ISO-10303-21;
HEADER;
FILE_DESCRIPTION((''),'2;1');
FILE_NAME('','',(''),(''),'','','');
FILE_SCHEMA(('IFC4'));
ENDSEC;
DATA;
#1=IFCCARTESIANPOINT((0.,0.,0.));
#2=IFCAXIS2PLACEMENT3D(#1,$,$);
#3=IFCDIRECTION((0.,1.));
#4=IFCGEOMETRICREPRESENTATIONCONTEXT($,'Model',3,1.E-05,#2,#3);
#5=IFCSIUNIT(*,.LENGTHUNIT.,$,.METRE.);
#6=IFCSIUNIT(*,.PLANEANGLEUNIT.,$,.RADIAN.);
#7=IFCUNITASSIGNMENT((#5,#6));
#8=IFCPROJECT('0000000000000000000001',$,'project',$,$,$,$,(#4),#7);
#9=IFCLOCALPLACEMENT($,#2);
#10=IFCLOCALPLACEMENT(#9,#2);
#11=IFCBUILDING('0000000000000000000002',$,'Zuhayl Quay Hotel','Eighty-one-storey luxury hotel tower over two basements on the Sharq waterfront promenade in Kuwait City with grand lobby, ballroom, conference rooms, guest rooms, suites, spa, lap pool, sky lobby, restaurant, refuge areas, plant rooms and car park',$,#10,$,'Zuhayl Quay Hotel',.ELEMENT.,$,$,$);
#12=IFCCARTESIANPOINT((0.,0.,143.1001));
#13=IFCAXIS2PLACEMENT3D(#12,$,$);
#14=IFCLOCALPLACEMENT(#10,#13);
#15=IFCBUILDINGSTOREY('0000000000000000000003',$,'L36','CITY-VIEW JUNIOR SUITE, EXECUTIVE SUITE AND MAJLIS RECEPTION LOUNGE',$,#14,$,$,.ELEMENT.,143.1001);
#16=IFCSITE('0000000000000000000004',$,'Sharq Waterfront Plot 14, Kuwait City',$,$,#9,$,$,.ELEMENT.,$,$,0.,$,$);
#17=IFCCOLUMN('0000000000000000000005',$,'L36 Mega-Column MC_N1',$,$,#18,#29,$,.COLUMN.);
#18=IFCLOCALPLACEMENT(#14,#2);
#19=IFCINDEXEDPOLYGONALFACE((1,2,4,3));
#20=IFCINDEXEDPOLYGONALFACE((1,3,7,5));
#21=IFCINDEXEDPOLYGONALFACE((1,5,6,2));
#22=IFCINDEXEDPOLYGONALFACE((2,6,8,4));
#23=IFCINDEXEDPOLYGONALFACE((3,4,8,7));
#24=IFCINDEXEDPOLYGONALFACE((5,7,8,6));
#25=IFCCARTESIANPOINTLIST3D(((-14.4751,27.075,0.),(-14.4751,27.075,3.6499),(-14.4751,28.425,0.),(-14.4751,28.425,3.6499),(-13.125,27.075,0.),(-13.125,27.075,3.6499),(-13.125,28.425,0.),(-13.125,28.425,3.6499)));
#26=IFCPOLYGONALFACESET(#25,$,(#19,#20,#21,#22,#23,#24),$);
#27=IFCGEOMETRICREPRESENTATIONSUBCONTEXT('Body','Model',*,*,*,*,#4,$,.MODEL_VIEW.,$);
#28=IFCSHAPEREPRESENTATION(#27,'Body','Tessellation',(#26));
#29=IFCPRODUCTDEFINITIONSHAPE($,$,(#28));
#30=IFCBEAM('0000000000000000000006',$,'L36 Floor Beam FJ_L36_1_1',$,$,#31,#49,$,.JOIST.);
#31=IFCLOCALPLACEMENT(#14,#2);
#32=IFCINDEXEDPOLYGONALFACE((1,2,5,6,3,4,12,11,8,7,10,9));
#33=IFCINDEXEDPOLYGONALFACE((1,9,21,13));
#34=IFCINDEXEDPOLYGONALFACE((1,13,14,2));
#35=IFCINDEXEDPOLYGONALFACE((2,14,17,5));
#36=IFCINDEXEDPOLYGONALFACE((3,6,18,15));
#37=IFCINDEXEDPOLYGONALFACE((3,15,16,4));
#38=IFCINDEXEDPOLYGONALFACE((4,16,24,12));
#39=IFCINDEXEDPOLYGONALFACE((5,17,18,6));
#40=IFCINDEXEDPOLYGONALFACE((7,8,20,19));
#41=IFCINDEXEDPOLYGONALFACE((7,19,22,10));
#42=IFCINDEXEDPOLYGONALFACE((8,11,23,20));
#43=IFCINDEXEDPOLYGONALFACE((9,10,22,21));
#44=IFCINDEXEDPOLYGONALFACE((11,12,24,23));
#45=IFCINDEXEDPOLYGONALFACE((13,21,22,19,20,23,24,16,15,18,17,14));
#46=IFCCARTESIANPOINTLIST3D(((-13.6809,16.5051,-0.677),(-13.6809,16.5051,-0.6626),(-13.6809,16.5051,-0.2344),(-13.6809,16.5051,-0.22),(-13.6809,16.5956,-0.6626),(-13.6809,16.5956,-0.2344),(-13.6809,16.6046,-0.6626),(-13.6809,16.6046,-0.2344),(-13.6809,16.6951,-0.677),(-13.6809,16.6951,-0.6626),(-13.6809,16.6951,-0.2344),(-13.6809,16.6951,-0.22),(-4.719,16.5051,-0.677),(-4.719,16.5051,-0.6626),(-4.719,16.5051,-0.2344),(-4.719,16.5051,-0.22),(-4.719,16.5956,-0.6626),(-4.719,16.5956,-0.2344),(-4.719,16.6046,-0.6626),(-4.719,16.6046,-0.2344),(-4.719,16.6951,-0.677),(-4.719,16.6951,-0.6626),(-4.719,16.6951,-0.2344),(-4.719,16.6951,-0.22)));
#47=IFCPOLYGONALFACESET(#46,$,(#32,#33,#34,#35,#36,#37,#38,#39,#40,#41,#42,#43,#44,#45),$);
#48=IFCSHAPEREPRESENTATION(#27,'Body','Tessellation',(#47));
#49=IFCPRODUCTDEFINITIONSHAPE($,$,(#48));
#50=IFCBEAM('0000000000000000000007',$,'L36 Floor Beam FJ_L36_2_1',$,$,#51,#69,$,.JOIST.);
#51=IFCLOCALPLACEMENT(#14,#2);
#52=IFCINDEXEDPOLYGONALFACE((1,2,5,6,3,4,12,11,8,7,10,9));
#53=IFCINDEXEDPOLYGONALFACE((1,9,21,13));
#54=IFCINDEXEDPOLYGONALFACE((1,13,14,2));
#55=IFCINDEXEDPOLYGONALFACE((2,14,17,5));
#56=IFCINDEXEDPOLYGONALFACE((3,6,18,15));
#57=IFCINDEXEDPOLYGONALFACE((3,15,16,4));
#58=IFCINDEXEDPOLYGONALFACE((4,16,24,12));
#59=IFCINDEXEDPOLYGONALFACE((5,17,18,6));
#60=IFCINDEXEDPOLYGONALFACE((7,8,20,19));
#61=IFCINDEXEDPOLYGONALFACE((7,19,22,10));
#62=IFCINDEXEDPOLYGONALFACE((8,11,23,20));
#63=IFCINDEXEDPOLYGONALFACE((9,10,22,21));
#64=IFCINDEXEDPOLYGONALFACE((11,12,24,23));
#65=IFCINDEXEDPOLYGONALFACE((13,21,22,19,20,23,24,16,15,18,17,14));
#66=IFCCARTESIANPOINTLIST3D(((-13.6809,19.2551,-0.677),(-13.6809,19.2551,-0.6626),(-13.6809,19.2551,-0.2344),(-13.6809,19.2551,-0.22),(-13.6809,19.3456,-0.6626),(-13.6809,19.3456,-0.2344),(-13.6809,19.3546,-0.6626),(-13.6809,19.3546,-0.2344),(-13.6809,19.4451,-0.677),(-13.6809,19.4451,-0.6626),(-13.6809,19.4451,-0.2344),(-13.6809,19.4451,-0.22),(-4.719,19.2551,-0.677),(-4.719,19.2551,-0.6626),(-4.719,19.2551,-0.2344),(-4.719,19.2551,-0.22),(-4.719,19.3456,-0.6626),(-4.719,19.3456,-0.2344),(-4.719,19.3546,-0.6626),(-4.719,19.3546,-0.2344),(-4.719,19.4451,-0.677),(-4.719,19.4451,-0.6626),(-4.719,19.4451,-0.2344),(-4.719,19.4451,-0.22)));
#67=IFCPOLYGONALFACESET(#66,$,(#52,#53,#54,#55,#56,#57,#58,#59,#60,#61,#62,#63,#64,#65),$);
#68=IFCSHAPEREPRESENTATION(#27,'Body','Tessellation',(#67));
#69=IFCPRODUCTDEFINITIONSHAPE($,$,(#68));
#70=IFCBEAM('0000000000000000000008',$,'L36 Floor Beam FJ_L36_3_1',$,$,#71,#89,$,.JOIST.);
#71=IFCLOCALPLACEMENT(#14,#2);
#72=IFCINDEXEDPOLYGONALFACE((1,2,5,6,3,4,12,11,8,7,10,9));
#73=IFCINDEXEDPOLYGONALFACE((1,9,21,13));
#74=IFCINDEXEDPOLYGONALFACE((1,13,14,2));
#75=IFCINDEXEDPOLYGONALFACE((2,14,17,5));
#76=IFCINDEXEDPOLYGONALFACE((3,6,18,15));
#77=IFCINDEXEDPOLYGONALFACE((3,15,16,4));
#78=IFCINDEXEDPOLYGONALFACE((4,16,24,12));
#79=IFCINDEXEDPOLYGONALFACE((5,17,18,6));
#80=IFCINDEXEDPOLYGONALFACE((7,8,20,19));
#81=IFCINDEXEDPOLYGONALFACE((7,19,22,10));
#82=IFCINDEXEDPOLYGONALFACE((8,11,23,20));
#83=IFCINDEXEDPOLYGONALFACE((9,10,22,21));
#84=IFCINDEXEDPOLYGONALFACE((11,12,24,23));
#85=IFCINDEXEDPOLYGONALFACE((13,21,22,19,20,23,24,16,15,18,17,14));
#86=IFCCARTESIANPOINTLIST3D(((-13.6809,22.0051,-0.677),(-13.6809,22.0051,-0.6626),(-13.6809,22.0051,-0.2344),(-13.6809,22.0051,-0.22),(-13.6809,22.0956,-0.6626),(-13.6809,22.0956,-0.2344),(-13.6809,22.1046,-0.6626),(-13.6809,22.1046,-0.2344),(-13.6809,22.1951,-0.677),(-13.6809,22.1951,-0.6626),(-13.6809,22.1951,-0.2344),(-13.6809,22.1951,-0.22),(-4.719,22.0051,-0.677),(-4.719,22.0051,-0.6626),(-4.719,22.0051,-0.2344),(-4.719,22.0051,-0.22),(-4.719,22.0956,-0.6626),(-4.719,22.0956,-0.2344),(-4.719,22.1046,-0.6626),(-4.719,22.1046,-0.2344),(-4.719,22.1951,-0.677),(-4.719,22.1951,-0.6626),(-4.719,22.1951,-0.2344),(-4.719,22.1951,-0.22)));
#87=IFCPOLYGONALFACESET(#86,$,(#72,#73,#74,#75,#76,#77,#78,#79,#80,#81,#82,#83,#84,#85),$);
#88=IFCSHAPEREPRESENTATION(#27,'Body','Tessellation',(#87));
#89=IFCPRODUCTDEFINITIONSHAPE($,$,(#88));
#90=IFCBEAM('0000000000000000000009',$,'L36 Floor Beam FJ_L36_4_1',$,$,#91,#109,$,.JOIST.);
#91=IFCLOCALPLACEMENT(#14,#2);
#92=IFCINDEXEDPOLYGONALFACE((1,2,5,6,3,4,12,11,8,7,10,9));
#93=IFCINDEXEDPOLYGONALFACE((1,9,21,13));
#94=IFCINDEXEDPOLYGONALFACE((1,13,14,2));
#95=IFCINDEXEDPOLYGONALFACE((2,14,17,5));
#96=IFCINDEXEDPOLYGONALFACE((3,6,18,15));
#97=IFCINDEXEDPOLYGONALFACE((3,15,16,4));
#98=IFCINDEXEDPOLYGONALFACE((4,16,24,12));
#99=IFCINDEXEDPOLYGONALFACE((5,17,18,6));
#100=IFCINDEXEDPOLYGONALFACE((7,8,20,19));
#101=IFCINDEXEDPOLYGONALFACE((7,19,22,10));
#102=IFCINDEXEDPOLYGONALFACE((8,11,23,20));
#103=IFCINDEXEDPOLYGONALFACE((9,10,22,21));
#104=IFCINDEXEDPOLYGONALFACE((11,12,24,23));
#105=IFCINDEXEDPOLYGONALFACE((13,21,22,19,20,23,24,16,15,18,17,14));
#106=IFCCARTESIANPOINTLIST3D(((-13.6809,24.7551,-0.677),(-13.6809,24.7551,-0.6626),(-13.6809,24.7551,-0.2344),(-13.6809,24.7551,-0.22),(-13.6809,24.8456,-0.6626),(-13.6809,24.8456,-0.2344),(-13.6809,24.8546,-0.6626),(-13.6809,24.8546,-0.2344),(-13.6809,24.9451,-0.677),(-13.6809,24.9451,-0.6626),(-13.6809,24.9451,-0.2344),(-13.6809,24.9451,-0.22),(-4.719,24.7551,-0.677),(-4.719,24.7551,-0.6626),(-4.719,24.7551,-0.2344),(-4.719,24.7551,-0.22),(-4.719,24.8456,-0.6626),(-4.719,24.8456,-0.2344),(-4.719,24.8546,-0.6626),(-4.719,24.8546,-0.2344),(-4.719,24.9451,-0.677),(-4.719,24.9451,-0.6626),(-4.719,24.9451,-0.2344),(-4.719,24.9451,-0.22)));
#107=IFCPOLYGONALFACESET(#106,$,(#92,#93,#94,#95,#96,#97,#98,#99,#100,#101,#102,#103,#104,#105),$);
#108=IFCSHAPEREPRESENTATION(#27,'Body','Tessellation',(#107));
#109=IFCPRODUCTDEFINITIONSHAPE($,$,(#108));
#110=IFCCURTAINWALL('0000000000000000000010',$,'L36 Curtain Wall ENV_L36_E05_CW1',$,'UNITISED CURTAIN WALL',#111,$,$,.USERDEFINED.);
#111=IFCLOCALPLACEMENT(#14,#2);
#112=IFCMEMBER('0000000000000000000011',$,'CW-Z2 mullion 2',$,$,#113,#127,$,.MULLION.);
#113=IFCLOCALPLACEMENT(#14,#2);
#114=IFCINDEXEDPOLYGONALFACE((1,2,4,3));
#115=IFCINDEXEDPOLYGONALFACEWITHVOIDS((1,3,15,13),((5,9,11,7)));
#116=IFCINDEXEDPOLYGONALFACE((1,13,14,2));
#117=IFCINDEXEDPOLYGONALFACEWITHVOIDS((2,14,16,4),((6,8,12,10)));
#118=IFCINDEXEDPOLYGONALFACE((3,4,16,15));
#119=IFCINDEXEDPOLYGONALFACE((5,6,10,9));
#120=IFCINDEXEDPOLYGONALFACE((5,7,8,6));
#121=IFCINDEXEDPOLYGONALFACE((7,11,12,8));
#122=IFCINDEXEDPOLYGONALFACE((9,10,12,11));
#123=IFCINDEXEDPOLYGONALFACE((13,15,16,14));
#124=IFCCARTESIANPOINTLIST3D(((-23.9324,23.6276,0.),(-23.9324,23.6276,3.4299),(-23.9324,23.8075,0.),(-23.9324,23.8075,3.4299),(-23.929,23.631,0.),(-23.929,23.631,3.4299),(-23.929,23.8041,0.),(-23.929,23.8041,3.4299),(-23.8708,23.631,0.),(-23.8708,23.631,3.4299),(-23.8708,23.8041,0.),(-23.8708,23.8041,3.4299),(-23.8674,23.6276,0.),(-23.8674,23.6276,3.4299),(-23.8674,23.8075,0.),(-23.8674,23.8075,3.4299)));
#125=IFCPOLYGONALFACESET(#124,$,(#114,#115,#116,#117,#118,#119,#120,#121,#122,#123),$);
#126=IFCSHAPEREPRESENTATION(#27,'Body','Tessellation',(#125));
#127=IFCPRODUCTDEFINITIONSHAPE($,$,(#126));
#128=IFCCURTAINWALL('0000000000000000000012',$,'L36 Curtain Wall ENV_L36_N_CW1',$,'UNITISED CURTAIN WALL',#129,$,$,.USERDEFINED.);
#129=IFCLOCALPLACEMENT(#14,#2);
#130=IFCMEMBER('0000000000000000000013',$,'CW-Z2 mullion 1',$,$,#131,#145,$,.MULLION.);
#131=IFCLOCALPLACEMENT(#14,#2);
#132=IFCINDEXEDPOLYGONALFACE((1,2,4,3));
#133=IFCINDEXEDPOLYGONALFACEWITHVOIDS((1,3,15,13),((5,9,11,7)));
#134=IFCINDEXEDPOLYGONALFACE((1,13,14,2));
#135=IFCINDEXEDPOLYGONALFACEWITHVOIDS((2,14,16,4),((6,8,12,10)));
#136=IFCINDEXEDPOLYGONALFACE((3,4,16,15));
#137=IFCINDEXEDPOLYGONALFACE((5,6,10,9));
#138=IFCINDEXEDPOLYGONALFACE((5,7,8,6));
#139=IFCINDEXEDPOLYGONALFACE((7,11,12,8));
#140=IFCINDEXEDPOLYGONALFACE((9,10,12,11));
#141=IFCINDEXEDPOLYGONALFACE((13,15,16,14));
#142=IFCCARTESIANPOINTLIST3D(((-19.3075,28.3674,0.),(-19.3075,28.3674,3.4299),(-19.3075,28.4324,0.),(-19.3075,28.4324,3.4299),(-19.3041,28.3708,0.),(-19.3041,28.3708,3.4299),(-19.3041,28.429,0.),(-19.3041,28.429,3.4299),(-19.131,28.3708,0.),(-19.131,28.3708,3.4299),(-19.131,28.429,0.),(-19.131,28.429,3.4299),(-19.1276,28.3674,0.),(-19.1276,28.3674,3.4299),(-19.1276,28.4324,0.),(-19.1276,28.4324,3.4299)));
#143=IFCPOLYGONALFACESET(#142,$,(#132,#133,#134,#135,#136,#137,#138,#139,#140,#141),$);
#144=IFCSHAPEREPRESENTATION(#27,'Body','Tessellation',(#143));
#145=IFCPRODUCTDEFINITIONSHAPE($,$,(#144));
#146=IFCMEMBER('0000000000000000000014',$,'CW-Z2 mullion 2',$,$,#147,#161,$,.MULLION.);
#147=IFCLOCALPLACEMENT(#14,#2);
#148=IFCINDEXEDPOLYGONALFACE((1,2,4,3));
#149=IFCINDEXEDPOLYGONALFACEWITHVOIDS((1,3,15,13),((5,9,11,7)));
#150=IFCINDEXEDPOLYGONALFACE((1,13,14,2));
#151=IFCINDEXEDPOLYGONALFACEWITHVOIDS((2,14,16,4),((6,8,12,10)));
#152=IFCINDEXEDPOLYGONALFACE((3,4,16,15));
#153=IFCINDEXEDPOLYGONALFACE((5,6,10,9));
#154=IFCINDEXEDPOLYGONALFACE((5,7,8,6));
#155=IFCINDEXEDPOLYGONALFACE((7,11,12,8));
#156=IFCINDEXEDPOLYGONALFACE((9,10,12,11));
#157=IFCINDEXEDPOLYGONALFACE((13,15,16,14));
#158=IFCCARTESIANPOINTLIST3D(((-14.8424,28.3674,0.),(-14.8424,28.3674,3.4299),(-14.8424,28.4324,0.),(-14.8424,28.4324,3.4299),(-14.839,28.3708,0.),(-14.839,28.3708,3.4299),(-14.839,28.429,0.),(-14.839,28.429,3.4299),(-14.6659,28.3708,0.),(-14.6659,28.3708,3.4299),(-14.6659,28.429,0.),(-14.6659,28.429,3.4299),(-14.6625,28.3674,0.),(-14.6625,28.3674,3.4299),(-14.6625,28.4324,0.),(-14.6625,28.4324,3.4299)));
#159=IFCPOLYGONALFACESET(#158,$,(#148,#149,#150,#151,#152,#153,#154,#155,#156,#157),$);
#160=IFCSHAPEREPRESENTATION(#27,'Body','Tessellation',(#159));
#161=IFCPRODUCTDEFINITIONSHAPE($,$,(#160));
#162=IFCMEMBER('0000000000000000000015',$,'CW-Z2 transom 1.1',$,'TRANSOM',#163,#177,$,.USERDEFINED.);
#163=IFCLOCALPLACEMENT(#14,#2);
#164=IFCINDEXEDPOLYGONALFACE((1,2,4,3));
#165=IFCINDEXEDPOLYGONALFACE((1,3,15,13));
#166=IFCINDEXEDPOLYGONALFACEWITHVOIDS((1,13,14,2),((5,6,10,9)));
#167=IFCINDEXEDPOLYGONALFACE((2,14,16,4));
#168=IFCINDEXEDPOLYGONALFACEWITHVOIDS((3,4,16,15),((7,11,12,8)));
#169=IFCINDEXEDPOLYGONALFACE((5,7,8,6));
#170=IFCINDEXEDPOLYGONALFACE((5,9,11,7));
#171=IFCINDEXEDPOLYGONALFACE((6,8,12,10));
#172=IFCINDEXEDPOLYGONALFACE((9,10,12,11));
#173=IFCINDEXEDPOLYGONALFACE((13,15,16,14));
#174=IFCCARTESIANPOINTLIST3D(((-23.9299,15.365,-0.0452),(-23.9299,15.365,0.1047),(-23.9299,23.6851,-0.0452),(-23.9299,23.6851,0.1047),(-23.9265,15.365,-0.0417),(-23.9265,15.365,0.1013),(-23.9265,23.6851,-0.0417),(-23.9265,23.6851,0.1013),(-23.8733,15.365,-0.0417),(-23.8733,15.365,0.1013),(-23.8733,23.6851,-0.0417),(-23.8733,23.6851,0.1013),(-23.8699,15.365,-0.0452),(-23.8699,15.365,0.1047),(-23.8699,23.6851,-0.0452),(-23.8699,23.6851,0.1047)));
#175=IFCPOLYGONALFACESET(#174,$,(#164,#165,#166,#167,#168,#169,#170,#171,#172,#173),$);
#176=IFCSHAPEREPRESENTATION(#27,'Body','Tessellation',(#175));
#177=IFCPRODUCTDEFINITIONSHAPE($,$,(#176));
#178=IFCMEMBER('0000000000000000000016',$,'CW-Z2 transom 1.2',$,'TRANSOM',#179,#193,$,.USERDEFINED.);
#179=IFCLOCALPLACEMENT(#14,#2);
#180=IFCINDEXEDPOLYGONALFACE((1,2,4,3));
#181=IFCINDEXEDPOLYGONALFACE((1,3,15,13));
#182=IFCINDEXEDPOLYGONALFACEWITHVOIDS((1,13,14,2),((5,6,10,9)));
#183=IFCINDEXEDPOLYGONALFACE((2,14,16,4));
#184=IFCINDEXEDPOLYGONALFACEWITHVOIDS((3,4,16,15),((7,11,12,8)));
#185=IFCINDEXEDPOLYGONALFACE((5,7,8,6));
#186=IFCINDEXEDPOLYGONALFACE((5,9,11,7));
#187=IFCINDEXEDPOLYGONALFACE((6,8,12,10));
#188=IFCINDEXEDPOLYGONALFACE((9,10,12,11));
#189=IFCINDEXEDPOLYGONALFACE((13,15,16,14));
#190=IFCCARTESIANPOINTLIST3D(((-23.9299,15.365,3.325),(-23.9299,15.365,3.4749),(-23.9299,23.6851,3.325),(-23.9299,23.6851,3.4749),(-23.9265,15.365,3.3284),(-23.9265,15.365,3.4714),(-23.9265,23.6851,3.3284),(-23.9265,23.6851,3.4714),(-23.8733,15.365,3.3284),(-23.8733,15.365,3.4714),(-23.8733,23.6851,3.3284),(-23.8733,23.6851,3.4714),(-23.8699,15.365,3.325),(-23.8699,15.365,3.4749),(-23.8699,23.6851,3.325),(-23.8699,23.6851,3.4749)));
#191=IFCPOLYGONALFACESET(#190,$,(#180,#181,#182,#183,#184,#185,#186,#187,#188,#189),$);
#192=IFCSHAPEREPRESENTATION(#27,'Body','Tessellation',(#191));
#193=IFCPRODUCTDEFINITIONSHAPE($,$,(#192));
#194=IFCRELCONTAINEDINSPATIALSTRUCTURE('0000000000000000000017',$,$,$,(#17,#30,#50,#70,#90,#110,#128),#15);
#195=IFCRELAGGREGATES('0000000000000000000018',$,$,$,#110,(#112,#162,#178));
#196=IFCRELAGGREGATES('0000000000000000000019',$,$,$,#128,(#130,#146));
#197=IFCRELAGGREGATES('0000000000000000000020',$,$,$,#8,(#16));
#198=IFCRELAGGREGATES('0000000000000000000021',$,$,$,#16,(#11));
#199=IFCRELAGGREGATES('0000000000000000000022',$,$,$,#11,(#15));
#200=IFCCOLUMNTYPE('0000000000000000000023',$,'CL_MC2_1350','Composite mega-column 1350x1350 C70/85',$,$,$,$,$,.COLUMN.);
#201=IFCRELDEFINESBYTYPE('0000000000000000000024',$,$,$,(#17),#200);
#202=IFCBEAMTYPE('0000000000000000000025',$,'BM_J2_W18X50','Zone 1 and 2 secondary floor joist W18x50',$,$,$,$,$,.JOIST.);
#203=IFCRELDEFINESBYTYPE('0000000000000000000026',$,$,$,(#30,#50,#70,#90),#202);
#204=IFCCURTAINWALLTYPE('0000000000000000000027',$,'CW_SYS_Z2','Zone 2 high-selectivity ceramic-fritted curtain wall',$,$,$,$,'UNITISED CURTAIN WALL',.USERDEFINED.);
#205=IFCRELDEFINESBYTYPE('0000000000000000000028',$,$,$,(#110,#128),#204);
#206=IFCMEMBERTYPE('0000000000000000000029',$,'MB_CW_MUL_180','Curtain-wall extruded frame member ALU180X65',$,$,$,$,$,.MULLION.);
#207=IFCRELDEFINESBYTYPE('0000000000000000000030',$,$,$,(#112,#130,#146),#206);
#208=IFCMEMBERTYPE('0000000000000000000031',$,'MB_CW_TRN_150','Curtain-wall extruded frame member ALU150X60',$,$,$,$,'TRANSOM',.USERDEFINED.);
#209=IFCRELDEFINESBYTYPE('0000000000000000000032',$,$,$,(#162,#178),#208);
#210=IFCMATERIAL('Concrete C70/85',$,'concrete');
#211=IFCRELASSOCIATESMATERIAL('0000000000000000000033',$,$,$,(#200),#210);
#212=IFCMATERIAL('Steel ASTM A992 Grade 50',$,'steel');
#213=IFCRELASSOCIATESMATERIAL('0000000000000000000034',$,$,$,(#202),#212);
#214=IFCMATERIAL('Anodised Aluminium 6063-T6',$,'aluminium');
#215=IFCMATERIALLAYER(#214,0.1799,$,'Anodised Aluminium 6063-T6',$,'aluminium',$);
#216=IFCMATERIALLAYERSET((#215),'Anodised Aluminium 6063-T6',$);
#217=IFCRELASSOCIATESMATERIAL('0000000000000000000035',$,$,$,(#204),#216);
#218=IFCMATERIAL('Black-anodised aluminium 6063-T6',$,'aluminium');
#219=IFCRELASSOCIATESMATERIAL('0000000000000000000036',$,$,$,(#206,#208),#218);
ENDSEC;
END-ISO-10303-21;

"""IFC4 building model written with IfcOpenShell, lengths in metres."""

from ifc_helpers import new_model, si_unit, direction, frame, origin, origin_2d, place, context, subcontext, project, spatial, rectangle, hollow_rectangle, i_section, extrude, material, layer, layer_set, material_profile, profile_set, type_object, element, aggregate, save


model = new_model("IFC4")

# Units and contexts
model_context = context("Model", 3, precision=1e-05, world=origin(), true_north=direction((0.0, 1.0)))
body_context = subcontext(model_context, "Body", "Model", "MODEL_VIEW")
ifc_project = project(units=[si_unit("LENGTHUNIT", "METRE"), si_unit("PLANEANGLEUNIT", "RADIAN")], contexts=[model_context])

# Site, building, storey
site_placement = place(None, origin())
site = spatial("IfcSite", under=ifc_project, at=site_placement, Name="Sharq Waterfront Plot 14, Kuwait City", CompositionType="ELEMENT", RefElevation=0.0)
building_placement = place(site_placement, origin())
building = spatial("IfcBuilding", under=site, at=building_placement, Name="Zuhayl Quay Hotel", Description="Eighty-one-storey luxury hotel tower over two basements on the Sharq waterfront promenade in Kuwait City with grand lobby, ballroom, conference rooms, guest rooms, suites, spa, lap pool, sky lobby, restaurant, refuge areas, plant rooms and car park", LongName="Zuhayl Quay Hotel", CompositionType="ELEMENT")
storey_placement = place(building_placement, frame((0.0, 0.0, 143.1001)))
storey = spatial("IfcBuildingStorey", under=building, at=storey_placement, Name="L36", Description="CITY-VIEW JUNIOR SUITE, EXECUTIVE SUITE AND MAJLIS RECEPTION LOUNGE", CompositionType="ELEMENT", Elevation=143.1001)

# Column
ifc_material_1 = material(Name="Concrete C70/85", Category="concrete")
ifc_material_profile_1 = material_profile(ifc_material_1, rectangle(XDim=1.3501, YDim=1.3501, at=origin_2d()), Name="RC1350X1350")
ifc_profile_set_1 = profile_set([ifc_material_profile_1], Name="Concrete C70/85")
column_type = type_object("IfcColumnType", Name="CL_MC2_1350", Description="Composite mega-column 1350x1350 C70/85", PredefinedType="COLUMN", material=ifc_profile_set_1)
column_placement = place(storey_placement, frame((-13.8, 27.75, 0.0), z_axis=(0.0, 0.0, 1.0), x_axis=(1.0, 0.0, 0.0)))
element("IfcColumn", 1, at=column_placement, inside=storey, type_object=column_type, Name="L36 Mega-Column MC_N1", PredefinedType="COLUMN", context=body_context, shape_type="SweptSolid", body=[
    extrude(rectangle(XDim=1.3501, YDim=1.3501, at=origin_2d()), origin(), (0.0, 0.0, 1.0), 3.6499),
])

# Beams
ifc_material_2 = material(Name="Steel ASTM A992 Grade 50", Category="steel")
ifc_material_profile_2 = material_profile(ifc_material_2, i_section(OverallWidth=0.1899, OverallDepth=0.457, WebThickness=0.009, FlangeThickness=0.0144, at=origin_2d()), Name="W18X50")
ifc_profile_set_2 = profile_set([ifc_material_profile_2], Name="Steel ASTM A992 Grade 50")
beam_type = type_object("IfcBeamType", Name="BM_J2_W18X50", Description="Zone 1 and 2 secondary floor joist W18x50", PredefinedType="JOIST", material=ifc_profile_set_2)
for number, where, z_axis, x_axis, name in (
    (2, (-13.6809, 16.6001, -0.4485), (1.0, 0.0, 0.0), (0.0, 1.0, 0.0), "L36 Floor Beam FJ_L36_1_1"),
    (3, (-13.6809, 19.3501, -0.4485), (1.0, 0.0, 0.0), (0.0, 1.0, 0.0), "L36 Floor Beam FJ_L36_2_1"),
    (4, (-13.6809, 22.1001, -0.4485), (1.0, 0.0, 0.0), (0.0, 1.0, 0.0), "L36 Floor Beam FJ_L36_3_1"),
    (5, (-13.6809, 24.8501, -0.4485), (1.0, 0.0, 0.0), (0.0, 1.0, 0.0), "L36 Floor Beam FJ_L36_4_1"),
):
    element("IfcBeam", number, at=place(storey_placement, frame(where, z_axis=z_axis, x_axis=x_axis)), inside=storey, type_object=beam_type, Name=name, PredefinedType="JOIST", context=body_context, shape_type="SweptSolid", body=[
        extrude(i_section(OverallWidth=0.1899, OverallDepth=0.457, WebThickness=0.009, FlangeThickness=0.0144, at=origin_2d()), origin(), (0.0, 0.0, 1.0), 8.9619),
    ])

# Curtain wall, member
ifc_material_3 = material(Name="Anodised Aluminium 6063-T6", Category="aluminium")
ifc_layer_1 = layer(ifc_material_3, 0.1799, Name="Anodised Aluminium 6063-T6", Category="aluminium")
ifc_layer_set_1 = layer_set([ifc_layer_1], Name="Anodised Aluminium 6063-T6")
curtain_wall_type = type_object("IfcCurtainWallType", Name="CW_SYS_Z2", Description="Zone 2 high-selectivity ceramic-fritted curtain wall", ElementType="UNITISED CURTAIN WALL", PredefinedType="USERDEFINED", material=ifc_layer_set_1)
curtain_wall_1_placement = place(storey_placement, origin())
curtain_wall_1 = element("IfcCurtainWall", 6, at=curtain_wall_1_placement, inside=storey, type_object=curtain_wall_type, Name="L36 Curtain Wall ENV_L36_E05_CW1", ObjectType="UNITISED CURTAIN WALL", PredefinedType="USERDEFINED")
ifc_material_4 = material(Name="Black-anodised aluminium 6063-T6", Category="aluminium")
ifc_material_profile_3 = material_profile(ifc_material_4, hollow_rectangle(XDim=0.0649, YDim=0.1799, WallThickness=0.0034, at=origin_2d()), Name="ALU180X65")
ifc_profile_set_3 = profile_set([ifc_material_profile_3], Name="Black-anodised aluminium 6063-T6")
member_type_1 = type_object("IfcMemberType", Name="MB_CW_MUL_180", Description="Curtain-wall extruded frame member ALU180X65", PredefinedType="MULLION", material=ifc_profile_set_3)
member_1_placement = place(storey_placement, frame((-23.8999, 23.7175, 0.0), z_axis=(0.0, 0.0, 1.0), x_axis=(-1.0, 0.0, 0.0)))
member_1 = element("IfcMember", 7, at=member_1_placement, type_object=member_type_1, Name="CW-Z2 mullion 2", PredefinedType="MULLION", context=body_context, shape_type="SweptSolid", body=[
    extrude(hollow_rectangle(XDim=0.0649, YDim=0.1799, WallThickness=0.0034, at=origin_2d()), origin(), (0.0, 0.0, 1.0), 3.4299),
])

# Curtain wall, members
curtain_wall_2_placement = place(storey_placement, origin())
curtain_wall_2 = element("IfcCurtainWall", 8, at=curtain_wall_2_placement, inside=storey, type_object=curtain_wall_type, Name="L36 Curtain Wall ENV_L36_N_CW1", ObjectType="UNITISED CURTAIN WALL", PredefinedType="USERDEFINED")
member_2_placement = place(storey_placement, frame((-19.2175, 28.3999, 0.0), z_axis=(0.0, 0.0, 1.0), x_axis=(0.0, 1.0, 0.0)))
member_2 = element("IfcMember", 9, at=member_2_placement, type_object=member_type_1, Name="CW-Z2 mullion 1", PredefinedType="MULLION", context=body_context, shape_type="SweptSolid", body=[
    extrude(hollow_rectangle(XDim=0.0649, YDim=0.1799, WallThickness=0.0034, at=origin_2d()), origin(), (0.0, 0.0, 1.0), 3.4299),
])
member_3_placement = place(storey_placement, frame((-14.7524, 28.3999, 0.0), z_axis=(0.0, 0.0, 1.0), x_axis=(0.0, 1.0, 0.0)))
member_3 = element("IfcMember", 10, at=member_3_placement, type_object=member_type_1, Name="CW-Z2 mullion 2", PredefinedType="MULLION", context=body_context, shape_type="SweptSolid", body=[
    extrude(hollow_rectangle(XDim=0.0649, YDim=0.1799, WallThickness=0.0034, at=origin_2d()), origin(), (0.0, 0.0, 1.0), 3.4299),
])

# Members
ifc_material_profile_4 = material_profile(ifc_material_4, hollow_rectangle(XDim=0.0601, YDim=0.1499, WallThickness=0.0034, at=origin_2d()), Name="ALU150X60")
ifc_profile_set_4 = profile_set([ifc_material_profile_4], Name="Black-anodised aluminium 6063-T6")
member_type_2 = type_object("IfcMemberType", Name="MB_CW_TRN_150", Description="Curtain-wall extruded frame member ALU150X60", ElementType="TRANSOM", PredefinedType="USERDEFINED", material=ifc_profile_set_4)
member_4_placement = place(storey_placement, frame((-23.8999, 15.365, 0.0298), z_axis=(0.0, 1.0, 0.0), x_axis=(-1.0, 0.0, 0.0)))
member_4 = element("IfcMember", 11, at=member_4_placement, type_object=member_type_2, Name="CW-Z2 transom 1.1", ObjectType="TRANSOM", PredefinedType="USERDEFINED", context=body_context, shape_type="SweptSolid", body=[
    extrude(hollow_rectangle(XDim=0.0601, YDim=0.1499, WallThickness=0.0034, at=origin_2d()), origin(), (0.0, 0.0, 1.0), 8.3201),
])
member_5_placement = place(storey_placement, frame((-23.8999, 15.365, 3.3999), z_axis=(0.0, 1.0, 0.0), x_axis=(-1.0, 0.0, 0.0)))
member_5 = element("IfcMember", 12, at=member_5_placement, type_object=member_type_2, Name="CW-Z2 transom 1.2", ObjectType="TRANSOM", PredefinedType="USERDEFINED", context=body_context, shape_type="SweptSolid", body=[
    extrude(hollow_rectangle(XDim=0.0601, YDim=0.1499, WallThickness=0.0034, at=origin_2d()), origin(), (0.0, 0.0, 1.0), 8.3201),
])

aggregate(curtain_wall_1, [member_1, member_4, member_5])
aggregate(curtain_wall_2, [member_2, member_3])

save(model, "model.ifc")
